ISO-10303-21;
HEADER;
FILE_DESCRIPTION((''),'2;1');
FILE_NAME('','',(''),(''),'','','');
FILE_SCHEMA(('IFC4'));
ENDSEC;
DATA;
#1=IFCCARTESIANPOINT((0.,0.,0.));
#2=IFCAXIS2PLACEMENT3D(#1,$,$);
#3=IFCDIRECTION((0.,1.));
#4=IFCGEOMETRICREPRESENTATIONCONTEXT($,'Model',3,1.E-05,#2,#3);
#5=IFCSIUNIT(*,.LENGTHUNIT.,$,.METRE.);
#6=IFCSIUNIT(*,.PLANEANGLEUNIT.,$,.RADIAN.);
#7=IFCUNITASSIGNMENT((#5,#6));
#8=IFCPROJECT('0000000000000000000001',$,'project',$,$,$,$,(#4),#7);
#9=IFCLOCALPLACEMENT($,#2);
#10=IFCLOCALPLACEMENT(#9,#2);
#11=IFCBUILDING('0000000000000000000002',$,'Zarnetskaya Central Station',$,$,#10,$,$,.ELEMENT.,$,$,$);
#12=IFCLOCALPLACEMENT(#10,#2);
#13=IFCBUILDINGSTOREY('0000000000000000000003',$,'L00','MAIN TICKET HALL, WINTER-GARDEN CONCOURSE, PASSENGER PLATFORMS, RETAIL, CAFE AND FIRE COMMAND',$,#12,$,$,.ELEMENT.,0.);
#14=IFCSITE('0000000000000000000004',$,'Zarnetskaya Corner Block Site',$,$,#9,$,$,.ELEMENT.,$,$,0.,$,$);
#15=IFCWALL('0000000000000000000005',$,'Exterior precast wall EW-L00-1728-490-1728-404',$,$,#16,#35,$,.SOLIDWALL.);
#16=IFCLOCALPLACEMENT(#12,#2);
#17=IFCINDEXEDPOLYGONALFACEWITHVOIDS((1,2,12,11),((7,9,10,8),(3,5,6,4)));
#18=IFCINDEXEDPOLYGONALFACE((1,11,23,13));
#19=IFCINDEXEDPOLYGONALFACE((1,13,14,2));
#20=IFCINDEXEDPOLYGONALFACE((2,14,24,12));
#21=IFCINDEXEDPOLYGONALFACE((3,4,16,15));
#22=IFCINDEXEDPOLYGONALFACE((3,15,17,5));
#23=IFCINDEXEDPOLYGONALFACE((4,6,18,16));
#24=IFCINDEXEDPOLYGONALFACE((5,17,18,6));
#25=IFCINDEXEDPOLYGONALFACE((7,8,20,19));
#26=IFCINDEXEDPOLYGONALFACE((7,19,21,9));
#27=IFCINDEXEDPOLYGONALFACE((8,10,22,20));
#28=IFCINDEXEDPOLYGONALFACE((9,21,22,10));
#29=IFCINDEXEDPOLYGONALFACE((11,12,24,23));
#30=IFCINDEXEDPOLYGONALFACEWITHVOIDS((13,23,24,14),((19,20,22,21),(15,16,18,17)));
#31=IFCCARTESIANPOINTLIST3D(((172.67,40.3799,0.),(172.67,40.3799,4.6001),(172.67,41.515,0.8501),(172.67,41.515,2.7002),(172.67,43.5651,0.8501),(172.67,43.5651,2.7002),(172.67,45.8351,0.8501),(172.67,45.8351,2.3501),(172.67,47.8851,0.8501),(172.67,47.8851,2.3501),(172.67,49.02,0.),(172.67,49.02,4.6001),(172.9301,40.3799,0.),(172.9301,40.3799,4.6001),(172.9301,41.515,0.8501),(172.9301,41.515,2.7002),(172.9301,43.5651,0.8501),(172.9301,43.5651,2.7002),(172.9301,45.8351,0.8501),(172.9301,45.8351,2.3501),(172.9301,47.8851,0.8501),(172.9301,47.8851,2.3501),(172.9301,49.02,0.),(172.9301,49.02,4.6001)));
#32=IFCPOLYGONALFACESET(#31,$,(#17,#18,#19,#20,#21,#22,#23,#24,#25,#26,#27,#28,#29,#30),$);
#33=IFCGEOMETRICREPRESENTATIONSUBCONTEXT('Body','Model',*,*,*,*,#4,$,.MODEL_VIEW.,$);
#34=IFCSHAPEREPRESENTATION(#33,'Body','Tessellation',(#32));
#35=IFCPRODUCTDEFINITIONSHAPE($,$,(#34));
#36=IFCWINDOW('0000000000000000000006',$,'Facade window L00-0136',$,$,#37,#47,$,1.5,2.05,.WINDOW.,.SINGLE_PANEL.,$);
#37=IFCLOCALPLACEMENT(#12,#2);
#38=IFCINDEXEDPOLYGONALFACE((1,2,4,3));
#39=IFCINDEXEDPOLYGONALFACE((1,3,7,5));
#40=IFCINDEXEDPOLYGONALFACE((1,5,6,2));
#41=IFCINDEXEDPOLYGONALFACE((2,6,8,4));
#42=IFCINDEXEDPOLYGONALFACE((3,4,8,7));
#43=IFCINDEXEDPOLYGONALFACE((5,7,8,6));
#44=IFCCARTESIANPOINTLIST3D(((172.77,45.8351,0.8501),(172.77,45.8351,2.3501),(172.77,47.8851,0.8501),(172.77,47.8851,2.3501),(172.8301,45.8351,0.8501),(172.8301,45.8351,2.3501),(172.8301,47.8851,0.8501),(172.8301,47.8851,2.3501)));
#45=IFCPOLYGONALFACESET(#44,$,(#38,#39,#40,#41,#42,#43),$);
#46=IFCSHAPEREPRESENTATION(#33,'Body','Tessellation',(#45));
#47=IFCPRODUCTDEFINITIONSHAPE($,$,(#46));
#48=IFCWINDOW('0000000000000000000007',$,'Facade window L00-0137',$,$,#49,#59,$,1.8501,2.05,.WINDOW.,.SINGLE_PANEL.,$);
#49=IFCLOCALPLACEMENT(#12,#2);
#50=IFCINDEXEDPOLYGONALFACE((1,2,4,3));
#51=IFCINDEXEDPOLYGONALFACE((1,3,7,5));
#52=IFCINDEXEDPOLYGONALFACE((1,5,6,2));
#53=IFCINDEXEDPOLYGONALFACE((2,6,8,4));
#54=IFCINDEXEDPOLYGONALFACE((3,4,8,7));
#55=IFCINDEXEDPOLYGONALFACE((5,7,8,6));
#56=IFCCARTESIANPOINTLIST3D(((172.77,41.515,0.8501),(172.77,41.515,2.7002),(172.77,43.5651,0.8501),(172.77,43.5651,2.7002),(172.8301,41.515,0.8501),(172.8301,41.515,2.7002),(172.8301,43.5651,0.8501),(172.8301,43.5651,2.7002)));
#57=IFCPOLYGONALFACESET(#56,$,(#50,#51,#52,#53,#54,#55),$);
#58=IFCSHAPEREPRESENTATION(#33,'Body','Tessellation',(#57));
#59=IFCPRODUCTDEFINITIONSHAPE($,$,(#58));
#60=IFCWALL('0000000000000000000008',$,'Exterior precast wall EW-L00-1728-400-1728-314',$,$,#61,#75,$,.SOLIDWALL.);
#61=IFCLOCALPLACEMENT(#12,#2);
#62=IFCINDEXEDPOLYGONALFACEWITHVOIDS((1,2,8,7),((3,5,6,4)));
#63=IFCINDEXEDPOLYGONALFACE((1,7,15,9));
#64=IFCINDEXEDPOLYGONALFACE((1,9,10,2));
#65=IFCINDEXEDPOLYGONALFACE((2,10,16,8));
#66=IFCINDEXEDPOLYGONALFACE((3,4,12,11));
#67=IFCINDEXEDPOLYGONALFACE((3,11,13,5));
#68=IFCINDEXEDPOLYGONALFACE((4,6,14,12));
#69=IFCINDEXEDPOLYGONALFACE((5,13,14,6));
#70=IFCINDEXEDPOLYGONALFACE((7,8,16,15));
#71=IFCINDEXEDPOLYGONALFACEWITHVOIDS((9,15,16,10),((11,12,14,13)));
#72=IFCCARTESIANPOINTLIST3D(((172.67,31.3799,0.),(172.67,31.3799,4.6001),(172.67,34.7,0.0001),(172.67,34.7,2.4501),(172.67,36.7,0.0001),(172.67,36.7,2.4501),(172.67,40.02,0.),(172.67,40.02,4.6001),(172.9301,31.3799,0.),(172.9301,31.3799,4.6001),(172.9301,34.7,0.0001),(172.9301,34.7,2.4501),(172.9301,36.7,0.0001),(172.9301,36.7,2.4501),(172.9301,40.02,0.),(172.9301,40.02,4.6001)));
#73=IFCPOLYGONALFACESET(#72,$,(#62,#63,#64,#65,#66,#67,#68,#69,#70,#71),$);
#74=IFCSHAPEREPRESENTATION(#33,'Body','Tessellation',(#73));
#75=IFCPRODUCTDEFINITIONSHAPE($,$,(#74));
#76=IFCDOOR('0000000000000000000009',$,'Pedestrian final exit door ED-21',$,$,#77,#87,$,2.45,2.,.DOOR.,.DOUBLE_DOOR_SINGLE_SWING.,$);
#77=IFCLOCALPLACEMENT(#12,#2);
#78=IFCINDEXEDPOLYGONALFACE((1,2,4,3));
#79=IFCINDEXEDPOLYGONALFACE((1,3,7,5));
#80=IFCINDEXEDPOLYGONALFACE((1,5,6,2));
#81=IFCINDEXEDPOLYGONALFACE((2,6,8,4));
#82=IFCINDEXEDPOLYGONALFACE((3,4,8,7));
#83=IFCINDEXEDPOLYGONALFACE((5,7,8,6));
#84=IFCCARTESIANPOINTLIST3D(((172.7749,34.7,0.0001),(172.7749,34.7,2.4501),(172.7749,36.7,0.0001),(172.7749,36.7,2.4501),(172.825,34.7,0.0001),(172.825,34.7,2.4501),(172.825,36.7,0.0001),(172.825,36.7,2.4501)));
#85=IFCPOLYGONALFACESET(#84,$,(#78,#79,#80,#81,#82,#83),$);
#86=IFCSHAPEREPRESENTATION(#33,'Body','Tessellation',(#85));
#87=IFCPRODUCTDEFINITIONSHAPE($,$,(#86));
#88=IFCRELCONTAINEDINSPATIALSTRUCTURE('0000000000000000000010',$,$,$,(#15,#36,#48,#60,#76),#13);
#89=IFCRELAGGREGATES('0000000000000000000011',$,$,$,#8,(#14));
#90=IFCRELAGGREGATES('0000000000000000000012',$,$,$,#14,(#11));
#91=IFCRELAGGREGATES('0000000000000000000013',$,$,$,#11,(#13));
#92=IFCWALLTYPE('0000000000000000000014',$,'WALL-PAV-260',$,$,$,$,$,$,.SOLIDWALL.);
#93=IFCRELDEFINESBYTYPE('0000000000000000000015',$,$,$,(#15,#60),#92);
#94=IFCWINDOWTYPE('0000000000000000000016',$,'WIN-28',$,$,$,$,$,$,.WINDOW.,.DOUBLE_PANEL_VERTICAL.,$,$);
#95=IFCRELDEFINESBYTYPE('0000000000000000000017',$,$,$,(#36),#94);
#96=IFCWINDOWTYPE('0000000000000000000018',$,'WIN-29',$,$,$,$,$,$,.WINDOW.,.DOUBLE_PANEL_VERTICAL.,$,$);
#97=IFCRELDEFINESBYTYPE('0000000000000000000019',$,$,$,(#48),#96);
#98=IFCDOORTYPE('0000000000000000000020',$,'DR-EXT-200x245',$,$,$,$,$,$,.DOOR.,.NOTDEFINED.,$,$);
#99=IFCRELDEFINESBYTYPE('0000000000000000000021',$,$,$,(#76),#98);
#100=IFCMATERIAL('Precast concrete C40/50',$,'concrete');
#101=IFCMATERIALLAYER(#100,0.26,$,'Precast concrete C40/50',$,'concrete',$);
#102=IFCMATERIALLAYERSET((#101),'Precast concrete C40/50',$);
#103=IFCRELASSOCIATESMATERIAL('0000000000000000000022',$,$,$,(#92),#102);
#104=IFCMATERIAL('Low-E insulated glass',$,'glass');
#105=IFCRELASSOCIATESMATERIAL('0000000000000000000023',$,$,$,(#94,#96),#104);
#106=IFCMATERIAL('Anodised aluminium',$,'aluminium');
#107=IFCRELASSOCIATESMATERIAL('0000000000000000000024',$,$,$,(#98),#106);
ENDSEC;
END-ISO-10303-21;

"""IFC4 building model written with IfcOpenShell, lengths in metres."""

from ifc_helpers import new_model, si_unit, direction, frame, frame_2d, origin, place, context, subcontext, project, spatial, rectangle, extrude, material, layer, layer_set, type_object, element, fill, save


model = new_model("IFC4")

# Units and contexts
model_context = context("Model", 3, precision=1e-05, world=origin(), true_north=direction((0.0, 1.0)))
body_context = subcontext(model_context, "Body", "Model", "MODEL_VIEW")
ifc_project = project(units=[si_unit("LENGTHUNIT", "METRE"), si_unit("PLANEANGLEUNIT", "RADIAN")], contexts=[model_context])

# Site, building, storey
site_placement = place(None, origin())
site = spatial("IfcSite", under=ifc_project, at=site_placement, Name="Zarnetskaya Corner Block Site", CompositionType="ELEMENT", RefElevation=0.0)
building_placement = place(site_placement, origin())
building = spatial("IfcBuilding", under=site, at=building_placement, Name="Zarnetskaya Central Station", CompositionType="ELEMENT")
storey_placement = place(building_placement, origin())
storey = spatial("IfcBuildingStorey", under=building, at=storey_placement, Name="L00", Description="MAIN TICKET HALL, WINTER-GARDEN CONCOURSE, PASSENGER PLATFORMS, RETAIL, CAFE AND FIRE COMMAND", CompositionType="ELEMENT", Elevation=0.0)

# Wall, openings, windows
ifc_material_1 = material(Name="Precast concrete C40/50", Category="concrete")
ifc_layer_1 = layer(ifc_material_1, 0.26, Name="Precast concrete C40/50", Category="concrete")
ifc_layer_set_1 = layer_set([ifc_layer_1], Name="Precast concrete C40/50")
wall_type = type_object("IfcWallType", Name="WALL-PAV-260", PredefinedType="SOLIDWALL", material=ifc_layer_set_1)
ifc_material_2 = material(Name="Low-E insulated glass", Category="glass")
wall_1_placement = place(storey_placement, frame((172.8, 49.02, 0.0), z_axis=(0.0, 0.0, 1.0), x_axis=(0.0, -1.0, 0.0)))
wall_1 = element("IfcWall", 1, at=wall_1_placement, inside=storey, type_object=wall_type, Name="Exterior precast wall EW-L00-1728-490-1728-404", PredefinedType="SOLIDWALL", context=body_context, shape_type="SweptSolid", body=[
    extrude(rectangle(XDim=8.6401, YDim=0.26, at=frame_2d((4.3201, 0.0))), origin(), (0.0, 0.0, 1.0), 4.6001),
])
opening_1_placement = place(wall_1_placement, frame((1.135, 0.0, 0.8501)))
opening_1 = element("IfcOpeningElement", 2, at=opening_1_placement, cuts=wall_1, PredefinedType="OPENING", context=body_context, shape_type="SweptSolid", body=[
    extrude(rectangle(XDim=2.05, YDim=1.5, at=frame_2d((1.0249, 0.75))), frame((0.0, 0.1401, 0.0), z_axis=(0.0, -1.0, 0.0), x_axis=(1.0, 0.0, 0.0)), (0.0, 0.0, 1.0), 0.28),
])
opening_2_placement = place(wall_1_placement, frame((5.4551, 0.0, 0.8501)))
opening_2 = element("IfcOpeningElement", 3, at=opening_2_placement, cuts=wall_1, PredefinedType="OPENING", context=body_context, shape_type="SweptSolid", body=[
    extrude(rectangle(XDim=2.05, YDim=1.8501, at=frame_2d((1.0249, 0.925))), frame((0.0, 0.1401, 0.0), z_axis=(0.0, -1.0, 0.0), x_axis=(1.0, 0.0, 0.0)), (0.0, 0.0, 1.0), 0.28),
])
window_type_1 = type_object("IfcWindowType", Name="WIN-28", PartitioningType="DOUBLE_PANEL_VERTICAL", PredefinedType="WINDOW", material=ifc_material_2)
window_1_placement = place(opening_1_placement, origin())
window_1 = element("IfcWindow", 4, at=window_1_placement, inside=storey, type_object=window_type_1, Name="Facade window L00-0136", OverallHeight=1.5, OverallWidth=2.05, PartitioningType="SINGLE_PANEL", PredefinedType="WINDOW", context=body_context, shape_type="SweptSolid", body=[
    extrude(rectangle(XDim=2.05, YDim=1.5, at=frame_2d((1.0249, 0.75))), frame((0.0, 0.03, 0.0), z_axis=(0.0, -1.0, 0.0), x_axis=(1.0, 0.0, 0.0)), (0.0, 0.0, 1.0), 0.0601),
])
fill(opening_1, window_1)
window_type_2 = type_object("IfcWindowType", Name="WIN-29", PartitioningType="DOUBLE_PANEL_VERTICAL", PredefinedType="WINDOW", material=ifc_material_2)
window_2_placement = place(opening_2_placement, origin())
window_2 = element("IfcWindow", 5, at=window_2_placement, inside=storey, type_object=window_type_2, Name="Facade window L00-0137", OverallHeight=1.8501, OverallWidth=2.05, PartitioningType="SINGLE_PANEL", PredefinedType="WINDOW", context=body_context, shape_type="SweptSolid", body=[
    extrude(rectangle(XDim=2.05, YDim=1.8501, at=frame_2d((1.0249, 0.925))), frame((0.0, 0.03, 0.0), z_axis=(0.0, -1.0, 0.0), x_axis=(1.0, 0.0, 0.0)), (0.0, 0.0, 1.0), 0.0601),
])
fill(opening_2, window_2)

# Wall, opening, door
wall_2_placement = place(storey_placement, frame((172.8, 40.02, 0.0), z_axis=(0.0, 0.0, 1.0), x_axis=(0.0, -1.0, 0.0)))
wall_2 = element("IfcWall", 6, at=wall_2_placement, inside=storey, type_object=wall_type, Name="Exterior precast wall EW-L00-1728-400-1728-314", PredefinedType="SOLIDWALL", context=body_context, shape_type="SweptSolid", body=[
    extrude(rectangle(XDim=8.6401, YDim=0.26, at=frame_2d((4.3201, 0.0))), origin(), (0.0, 0.0, 1.0), 4.6001),
])
opening_3_placement = place(wall_2_placement, frame((3.3201, 0.0, 0.0)))
opening_3 = element("IfcOpeningElement", 7, at=opening_3_placement, cuts=wall_2, PredefinedType="OPENING", context=body_context, shape_type="SweptSolid", body=[
    extrude(rectangle(XDim=2.0, YDim=2.45, at=frame_2d((1.0, 1.2251))), frame((0.0, 0.1401, 0.0), z_axis=(0.0, -1.0, 0.0), x_axis=(1.0, 0.0, 0.0)), (0.0, 0.0, 1.0), 0.28),
])
ifc_material_3 = material(Name="Anodised aluminium", Category="aluminium")
door_type = type_object("IfcDoorType", Name="DR-EXT-200x245", OperationType="NOTDEFINED", PredefinedType="DOOR", material=ifc_material_3)
door_placement = place(opening_3_placement, origin())
door = element("IfcDoor", 8, at=door_placement, inside=storey, type_object=door_type, Name="Pedestrian final exit door ED-21", OperationType="DOUBLE_DOOR_SINGLE_SWING", OverallHeight=2.45, OverallWidth=2.0, PredefinedType="DOOR", context=body_context, shape_type="SweptSolid", body=[
    extrude(rectangle(XDim=2.0, YDim=2.45, at=frame_2d((1.0, 1.2251))), frame((0.0, 0.0249, 0.0), z_axis=(0.0, -1.0, 0.0), x_axis=(1.0, 0.0, 0.0)), (0.0, 0.0, 1.0), 0.05),
])
fill(opening_3, door)

save(model, "model.ifc")
